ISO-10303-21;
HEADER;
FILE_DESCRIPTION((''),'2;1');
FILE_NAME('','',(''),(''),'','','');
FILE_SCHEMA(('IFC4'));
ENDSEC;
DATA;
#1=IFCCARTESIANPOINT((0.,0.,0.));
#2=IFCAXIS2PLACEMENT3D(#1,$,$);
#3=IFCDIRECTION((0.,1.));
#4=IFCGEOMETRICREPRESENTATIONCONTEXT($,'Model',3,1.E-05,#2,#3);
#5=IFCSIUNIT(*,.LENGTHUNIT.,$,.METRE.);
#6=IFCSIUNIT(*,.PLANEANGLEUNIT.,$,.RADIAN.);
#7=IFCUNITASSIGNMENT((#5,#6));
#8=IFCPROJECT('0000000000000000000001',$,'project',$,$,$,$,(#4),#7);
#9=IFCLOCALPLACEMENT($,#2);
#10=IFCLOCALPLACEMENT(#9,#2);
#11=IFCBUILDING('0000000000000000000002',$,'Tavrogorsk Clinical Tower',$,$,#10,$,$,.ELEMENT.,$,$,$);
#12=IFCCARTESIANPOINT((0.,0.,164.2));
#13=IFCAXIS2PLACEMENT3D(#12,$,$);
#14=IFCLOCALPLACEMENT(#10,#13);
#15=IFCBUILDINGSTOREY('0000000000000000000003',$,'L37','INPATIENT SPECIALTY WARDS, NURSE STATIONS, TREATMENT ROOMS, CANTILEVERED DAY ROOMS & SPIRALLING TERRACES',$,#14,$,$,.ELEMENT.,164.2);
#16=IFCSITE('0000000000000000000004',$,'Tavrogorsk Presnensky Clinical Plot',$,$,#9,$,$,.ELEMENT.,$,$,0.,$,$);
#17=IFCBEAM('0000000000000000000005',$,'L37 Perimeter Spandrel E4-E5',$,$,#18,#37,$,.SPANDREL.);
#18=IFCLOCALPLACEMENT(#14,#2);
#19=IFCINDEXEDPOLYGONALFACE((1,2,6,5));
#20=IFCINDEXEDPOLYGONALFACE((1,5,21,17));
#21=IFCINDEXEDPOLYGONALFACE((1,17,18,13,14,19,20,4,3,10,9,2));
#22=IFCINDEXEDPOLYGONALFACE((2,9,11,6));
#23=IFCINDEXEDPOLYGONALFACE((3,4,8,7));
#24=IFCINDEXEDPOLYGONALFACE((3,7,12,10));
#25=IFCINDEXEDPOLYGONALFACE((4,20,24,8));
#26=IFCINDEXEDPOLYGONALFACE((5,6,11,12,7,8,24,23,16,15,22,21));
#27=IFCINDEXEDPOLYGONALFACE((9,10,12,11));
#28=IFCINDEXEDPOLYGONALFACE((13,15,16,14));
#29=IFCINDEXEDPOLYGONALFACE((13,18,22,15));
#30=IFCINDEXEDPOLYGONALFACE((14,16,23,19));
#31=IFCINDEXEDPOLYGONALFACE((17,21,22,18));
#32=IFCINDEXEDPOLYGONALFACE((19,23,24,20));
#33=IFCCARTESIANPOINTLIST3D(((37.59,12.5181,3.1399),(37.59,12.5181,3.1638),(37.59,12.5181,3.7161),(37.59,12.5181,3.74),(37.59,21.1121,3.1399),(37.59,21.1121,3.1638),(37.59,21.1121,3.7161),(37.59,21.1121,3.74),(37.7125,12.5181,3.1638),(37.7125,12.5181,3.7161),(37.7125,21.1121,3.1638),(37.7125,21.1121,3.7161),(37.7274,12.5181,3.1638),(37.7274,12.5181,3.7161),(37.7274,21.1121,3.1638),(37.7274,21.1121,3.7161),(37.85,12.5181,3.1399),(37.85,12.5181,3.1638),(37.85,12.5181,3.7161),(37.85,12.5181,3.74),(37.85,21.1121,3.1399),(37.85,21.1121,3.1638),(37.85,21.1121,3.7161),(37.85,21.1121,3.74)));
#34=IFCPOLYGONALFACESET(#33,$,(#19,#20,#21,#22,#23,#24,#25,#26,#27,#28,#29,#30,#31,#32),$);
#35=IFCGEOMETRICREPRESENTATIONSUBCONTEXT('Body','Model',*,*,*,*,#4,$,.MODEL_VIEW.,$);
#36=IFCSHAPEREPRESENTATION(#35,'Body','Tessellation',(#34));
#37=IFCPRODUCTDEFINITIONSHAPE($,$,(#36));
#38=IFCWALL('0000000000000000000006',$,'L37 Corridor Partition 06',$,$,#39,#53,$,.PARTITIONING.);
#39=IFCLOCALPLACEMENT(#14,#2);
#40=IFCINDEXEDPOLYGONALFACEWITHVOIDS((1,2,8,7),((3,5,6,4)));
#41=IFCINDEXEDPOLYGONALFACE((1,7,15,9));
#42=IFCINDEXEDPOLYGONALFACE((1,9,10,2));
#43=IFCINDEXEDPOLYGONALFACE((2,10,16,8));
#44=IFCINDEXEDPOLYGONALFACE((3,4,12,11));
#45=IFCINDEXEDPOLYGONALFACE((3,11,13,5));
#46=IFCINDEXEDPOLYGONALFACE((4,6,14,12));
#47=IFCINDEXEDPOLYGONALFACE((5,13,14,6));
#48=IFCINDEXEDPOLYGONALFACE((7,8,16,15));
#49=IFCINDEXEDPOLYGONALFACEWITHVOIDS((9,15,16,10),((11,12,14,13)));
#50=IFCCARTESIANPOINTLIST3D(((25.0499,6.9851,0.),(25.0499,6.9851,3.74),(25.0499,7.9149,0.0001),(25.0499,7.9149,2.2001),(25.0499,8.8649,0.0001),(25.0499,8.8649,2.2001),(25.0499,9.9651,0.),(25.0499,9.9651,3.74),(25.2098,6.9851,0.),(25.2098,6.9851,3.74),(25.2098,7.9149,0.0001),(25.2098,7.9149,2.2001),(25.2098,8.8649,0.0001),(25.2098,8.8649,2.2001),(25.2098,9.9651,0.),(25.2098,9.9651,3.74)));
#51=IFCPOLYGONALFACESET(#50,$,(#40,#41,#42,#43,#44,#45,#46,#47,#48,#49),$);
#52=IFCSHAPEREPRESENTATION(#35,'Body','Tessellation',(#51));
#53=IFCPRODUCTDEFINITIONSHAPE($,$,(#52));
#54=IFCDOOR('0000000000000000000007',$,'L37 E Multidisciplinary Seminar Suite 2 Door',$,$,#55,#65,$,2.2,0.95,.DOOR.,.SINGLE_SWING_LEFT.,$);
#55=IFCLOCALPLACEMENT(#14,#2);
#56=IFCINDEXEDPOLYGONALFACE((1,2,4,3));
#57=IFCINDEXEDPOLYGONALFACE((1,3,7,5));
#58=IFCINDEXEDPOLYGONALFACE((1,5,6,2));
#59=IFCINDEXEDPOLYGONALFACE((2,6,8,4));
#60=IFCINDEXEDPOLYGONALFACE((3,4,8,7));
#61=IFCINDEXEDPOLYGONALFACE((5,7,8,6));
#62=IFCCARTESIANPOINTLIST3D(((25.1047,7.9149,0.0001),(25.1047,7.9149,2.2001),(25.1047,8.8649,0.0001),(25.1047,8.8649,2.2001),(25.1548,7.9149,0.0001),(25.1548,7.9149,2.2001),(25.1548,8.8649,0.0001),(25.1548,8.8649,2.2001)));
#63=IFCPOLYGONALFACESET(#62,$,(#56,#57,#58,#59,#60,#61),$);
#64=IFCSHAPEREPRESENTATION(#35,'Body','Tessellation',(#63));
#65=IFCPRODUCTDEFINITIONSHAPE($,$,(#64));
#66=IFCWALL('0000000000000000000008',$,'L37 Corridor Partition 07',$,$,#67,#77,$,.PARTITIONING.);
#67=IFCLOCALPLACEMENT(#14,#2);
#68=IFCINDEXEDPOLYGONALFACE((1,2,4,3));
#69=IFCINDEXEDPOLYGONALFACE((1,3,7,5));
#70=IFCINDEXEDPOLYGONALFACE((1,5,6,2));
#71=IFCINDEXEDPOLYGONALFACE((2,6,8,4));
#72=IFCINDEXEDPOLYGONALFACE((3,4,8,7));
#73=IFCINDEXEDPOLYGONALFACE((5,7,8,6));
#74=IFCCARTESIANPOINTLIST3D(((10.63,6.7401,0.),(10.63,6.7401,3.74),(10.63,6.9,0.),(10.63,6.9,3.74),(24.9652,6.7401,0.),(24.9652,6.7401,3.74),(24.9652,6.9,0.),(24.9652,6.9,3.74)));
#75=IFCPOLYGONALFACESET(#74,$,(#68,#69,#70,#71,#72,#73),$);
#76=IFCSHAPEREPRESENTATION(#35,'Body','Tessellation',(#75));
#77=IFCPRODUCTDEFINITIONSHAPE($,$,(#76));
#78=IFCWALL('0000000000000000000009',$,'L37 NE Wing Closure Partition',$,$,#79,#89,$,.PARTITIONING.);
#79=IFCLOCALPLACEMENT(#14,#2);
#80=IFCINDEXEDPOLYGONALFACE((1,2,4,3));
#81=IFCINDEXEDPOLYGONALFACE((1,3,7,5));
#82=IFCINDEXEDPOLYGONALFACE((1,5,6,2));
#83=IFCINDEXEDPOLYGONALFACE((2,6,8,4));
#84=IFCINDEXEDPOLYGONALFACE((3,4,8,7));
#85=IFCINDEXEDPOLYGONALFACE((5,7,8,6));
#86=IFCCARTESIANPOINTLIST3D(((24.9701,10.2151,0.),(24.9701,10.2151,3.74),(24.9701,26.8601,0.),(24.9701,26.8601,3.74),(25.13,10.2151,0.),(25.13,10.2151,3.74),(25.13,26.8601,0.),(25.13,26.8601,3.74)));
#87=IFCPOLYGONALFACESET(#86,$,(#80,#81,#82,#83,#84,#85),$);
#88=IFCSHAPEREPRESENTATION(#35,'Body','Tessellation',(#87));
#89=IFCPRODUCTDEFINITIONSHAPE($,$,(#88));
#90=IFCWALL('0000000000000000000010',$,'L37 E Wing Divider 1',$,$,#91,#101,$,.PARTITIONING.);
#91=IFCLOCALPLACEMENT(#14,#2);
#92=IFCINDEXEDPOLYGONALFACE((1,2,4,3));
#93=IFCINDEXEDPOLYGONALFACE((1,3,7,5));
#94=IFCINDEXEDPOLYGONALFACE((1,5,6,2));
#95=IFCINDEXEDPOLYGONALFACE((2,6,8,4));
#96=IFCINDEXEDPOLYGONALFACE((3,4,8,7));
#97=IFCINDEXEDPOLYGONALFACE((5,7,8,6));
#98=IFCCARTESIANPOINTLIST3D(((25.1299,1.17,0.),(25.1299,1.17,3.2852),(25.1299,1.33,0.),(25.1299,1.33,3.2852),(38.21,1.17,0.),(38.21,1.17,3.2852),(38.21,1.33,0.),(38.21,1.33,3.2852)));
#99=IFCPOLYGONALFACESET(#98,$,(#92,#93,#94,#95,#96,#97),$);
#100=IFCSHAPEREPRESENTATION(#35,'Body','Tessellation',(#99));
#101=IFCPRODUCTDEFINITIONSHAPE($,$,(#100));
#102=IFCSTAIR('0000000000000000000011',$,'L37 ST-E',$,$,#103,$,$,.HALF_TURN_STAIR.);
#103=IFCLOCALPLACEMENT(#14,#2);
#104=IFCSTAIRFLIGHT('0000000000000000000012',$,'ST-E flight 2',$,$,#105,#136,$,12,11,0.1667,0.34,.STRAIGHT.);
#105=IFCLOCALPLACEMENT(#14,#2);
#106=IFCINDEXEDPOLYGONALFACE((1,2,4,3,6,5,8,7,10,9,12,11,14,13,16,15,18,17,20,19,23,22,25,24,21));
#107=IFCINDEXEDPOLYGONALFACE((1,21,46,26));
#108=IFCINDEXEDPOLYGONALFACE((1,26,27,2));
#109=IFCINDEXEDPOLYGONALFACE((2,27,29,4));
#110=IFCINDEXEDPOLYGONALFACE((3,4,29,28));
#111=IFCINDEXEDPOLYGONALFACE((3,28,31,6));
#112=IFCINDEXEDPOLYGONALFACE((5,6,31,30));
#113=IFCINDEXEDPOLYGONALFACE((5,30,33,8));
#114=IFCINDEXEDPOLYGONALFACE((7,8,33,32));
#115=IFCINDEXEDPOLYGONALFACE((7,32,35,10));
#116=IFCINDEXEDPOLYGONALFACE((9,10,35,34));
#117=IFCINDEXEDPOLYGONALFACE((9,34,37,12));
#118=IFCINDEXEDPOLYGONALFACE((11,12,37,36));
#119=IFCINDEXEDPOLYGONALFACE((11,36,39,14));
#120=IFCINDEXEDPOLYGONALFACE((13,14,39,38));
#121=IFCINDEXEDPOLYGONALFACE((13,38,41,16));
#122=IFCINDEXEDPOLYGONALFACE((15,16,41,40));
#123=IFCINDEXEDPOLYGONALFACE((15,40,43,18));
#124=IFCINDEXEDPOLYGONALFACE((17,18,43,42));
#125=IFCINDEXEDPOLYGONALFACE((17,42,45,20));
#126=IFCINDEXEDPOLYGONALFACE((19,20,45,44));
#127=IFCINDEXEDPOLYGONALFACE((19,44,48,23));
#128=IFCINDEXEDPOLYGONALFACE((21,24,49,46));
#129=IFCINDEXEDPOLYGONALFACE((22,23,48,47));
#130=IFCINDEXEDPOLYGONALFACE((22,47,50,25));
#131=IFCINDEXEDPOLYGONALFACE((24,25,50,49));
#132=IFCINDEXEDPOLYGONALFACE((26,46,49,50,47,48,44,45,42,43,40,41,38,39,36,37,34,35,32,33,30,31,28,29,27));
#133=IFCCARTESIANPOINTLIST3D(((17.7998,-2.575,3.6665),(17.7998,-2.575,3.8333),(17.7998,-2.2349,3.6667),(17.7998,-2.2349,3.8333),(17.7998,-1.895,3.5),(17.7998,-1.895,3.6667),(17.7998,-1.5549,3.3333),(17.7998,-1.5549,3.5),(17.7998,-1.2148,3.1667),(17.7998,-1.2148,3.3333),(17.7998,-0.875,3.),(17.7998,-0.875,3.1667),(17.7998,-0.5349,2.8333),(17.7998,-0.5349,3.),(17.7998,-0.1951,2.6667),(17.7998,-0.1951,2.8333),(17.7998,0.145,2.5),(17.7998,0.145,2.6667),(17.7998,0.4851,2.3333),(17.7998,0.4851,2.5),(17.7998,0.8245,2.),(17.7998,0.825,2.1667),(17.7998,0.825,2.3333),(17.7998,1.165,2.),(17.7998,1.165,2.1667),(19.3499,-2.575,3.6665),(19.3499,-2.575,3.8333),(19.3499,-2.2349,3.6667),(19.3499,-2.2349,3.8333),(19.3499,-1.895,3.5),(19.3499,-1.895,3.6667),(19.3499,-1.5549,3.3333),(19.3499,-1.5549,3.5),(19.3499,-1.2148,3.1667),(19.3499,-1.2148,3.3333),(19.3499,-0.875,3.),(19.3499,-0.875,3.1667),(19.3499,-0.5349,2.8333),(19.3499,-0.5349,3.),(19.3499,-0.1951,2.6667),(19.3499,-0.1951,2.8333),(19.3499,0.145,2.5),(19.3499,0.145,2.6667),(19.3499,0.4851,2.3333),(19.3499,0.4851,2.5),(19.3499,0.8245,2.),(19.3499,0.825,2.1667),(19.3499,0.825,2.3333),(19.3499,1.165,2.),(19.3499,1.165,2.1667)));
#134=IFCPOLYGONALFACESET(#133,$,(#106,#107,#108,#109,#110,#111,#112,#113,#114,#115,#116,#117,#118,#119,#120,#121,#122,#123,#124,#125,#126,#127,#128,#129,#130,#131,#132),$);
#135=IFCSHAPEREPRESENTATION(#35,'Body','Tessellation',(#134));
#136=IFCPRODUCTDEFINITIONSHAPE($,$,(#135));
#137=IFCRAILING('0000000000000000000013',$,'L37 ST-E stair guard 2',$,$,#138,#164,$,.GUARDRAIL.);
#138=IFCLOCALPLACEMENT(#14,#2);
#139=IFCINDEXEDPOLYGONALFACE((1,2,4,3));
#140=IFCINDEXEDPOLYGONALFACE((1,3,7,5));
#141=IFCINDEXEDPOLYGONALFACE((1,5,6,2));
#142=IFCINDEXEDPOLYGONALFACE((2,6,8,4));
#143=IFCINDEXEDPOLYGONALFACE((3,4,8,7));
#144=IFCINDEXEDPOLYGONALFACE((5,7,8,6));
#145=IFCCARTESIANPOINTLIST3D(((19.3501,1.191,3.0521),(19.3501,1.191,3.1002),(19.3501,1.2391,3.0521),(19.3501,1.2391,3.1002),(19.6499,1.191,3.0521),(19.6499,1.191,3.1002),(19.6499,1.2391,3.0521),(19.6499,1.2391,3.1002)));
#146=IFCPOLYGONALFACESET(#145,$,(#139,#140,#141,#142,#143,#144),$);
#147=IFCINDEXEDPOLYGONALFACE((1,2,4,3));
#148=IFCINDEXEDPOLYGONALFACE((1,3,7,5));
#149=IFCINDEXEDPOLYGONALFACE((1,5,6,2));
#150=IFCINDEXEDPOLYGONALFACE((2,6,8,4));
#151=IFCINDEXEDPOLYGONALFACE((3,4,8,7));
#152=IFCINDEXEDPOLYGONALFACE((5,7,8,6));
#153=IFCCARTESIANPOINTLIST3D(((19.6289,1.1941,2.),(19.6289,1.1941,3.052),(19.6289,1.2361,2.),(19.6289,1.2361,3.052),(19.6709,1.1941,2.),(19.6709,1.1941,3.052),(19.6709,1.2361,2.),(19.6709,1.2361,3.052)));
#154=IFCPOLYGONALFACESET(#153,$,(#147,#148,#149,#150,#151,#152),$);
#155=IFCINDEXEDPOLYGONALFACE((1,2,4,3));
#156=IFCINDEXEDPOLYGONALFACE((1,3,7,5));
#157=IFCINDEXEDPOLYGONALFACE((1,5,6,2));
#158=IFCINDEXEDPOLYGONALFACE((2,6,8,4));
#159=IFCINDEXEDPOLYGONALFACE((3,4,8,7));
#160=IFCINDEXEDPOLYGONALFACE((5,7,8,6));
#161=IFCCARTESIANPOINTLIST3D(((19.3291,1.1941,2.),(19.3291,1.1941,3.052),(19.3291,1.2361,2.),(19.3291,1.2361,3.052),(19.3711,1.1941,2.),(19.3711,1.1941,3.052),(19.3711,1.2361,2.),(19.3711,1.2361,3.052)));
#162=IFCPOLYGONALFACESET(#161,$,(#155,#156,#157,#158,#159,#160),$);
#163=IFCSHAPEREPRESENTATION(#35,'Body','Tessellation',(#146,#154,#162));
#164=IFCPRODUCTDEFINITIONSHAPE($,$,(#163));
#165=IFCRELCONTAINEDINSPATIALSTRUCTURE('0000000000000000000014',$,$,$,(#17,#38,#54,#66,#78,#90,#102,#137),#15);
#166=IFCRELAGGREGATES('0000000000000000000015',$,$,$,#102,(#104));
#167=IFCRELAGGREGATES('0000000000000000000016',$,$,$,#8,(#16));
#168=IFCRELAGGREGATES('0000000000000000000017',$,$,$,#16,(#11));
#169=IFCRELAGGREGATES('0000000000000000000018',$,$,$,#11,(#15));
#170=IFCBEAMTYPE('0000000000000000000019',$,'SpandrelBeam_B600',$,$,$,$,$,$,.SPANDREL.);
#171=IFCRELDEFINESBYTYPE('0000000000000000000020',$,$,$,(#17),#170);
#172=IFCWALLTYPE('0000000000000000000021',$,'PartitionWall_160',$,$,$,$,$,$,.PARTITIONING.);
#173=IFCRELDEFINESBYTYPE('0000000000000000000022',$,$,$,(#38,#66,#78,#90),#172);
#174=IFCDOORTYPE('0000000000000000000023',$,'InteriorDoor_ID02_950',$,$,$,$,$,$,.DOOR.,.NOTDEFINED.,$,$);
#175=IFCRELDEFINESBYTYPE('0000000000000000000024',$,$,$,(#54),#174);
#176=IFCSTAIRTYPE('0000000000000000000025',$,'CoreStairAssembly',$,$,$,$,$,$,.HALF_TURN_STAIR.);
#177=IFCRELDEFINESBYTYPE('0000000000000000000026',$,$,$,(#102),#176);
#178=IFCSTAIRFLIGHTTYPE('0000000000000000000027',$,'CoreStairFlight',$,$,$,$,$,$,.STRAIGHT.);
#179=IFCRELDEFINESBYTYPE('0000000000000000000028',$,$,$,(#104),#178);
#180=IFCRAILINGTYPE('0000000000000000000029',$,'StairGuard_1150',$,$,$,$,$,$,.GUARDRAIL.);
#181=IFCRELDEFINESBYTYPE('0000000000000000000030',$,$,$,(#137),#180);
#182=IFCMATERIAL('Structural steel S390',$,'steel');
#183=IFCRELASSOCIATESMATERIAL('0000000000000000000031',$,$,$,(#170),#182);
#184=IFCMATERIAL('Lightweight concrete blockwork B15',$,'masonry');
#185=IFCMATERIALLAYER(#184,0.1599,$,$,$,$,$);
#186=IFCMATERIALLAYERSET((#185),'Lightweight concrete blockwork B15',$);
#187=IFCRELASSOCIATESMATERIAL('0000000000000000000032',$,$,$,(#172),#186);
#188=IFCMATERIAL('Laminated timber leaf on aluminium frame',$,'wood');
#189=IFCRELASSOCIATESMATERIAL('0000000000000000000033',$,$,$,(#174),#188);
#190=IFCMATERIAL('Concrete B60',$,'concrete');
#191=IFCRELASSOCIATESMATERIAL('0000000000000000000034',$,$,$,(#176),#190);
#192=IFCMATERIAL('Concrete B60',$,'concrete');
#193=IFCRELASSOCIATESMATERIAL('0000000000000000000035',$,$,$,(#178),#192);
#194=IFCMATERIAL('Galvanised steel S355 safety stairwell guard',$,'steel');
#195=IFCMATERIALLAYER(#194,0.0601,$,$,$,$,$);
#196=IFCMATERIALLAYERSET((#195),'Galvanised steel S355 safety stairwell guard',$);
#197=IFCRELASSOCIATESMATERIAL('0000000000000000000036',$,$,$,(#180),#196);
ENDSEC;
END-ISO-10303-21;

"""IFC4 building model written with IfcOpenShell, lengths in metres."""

from ifc_helpers import new_model, si_unit, direction, frame, frame_2d, origin, origin_2d, place, context, subcontext, project, spatial, polyline, rectangle, i_section, outline, extrude, material, layer, layer_set, material_profile, profile_set, type_object, element, fill, aggregate, save


model = new_model("IFC4")

# Units and contexts
model_context = context("Model", 3, precision=1e-05, world=origin(), true_north=direction((0.0, 1.0)))
body_context = subcontext(model_context, "Body", "Model", "MODEL_VIEW")
ifc_project = project(units=[si_unit("LENGTHUNIT", "METRE"), si_unit("PLANEANGLEUNIT", "RADIAN")], contexts=[model_context])

# Site, building, storey
site_placement = place(None, origin())
site = spatial("IfcSite", under=ifc_project, at=site_placement, Name="Tavrogorsk Presnensky Clinical Plot", CompositionType="ELEMENT", RefElevation=0.0)
building_placement = place(site_placement, origin())
building = spatial("IfcBuilding", under=site, at=building_placement, Name="Tavrogorsk Clinical Tower", CompositionType="ELEMENT")
storey_placement = place(building_placement, frame((0.0, 0.0, 164.2)))
storey = spatial("IfcBuildingStorey", under=building, at=storey_placement, Name="L37", Description="INPATIENT SPECIALTY WARDS, NURSE STATIONS, TREATMENT ROOMS, CANTILEVERED DAY ROOMS & SPIRALLING TERRACES", CompositionType="ELEMENT", Elevation=164.2)

# Beam
ifc_material_1 = material(Name="Structural steel S390", Category="steel")
ifc_material_profile_1 = material_profile(ifc_material_1, i_section(OverallWidth=0.26, OverallDepth=0.6001, WebThickness=0.0149, FlangeThickness=0.0239, at=origin_2d()), Name="B-600x260x15x24")
ifc_profile_set_1 = profile_set([ifc_material_profile_1], Name="Structural steel S390")
beam_type_1 = type_object("IfcBeamType", Name="SpandrelBeam_B600", PredefinedType="SPANDREL", material=ifc_profile_set_1)
for number, where, z_axis, x_axis, name in (
    (1, (37.72, 12.5181, 3.4399), (0.0, 1.0, 0.0), (-1.0, 0.0, 0.0), "L37 Perimeter Spandrel E4-E5"),
):
    element("IfcBeam", number, at=place(storey_placement, frame(where, z_axis=z_axis, x_axis=x_axis)), inside=storey, type_object=beam_type_1, Name=name, PredefinedType="SPANDREL", context=body_context, shape_type="SweptSolid", body=[
        extrude(i_section(OverallWidth=0.26, OverallDepth=0.6001, WebThickness=0.0149, FlangeThickness=0.0239, at=origin_2d()), origin(), (0.0, 0.0, 1.0), 8.594),
    ])

# Wall, opening, door
ifc_material_2 = material(Name="Lightweight concrete blockwork B15", Category="masonry")
ifc_layer_1 = layer(ifc_material_2, 0.1599)
ifc_layer_set_1 = layer_set([ifc_layer_1], Name="Lightweight concrete blockwork B15")
wall_type = type_object("IfcWallType", Name="PartitionWall_160", PredefinedType="PARTITIONING", material=ifc_layer_set_1)
wall_1_placement = place(storey_placement, frame((25.1299, 9.9651, 0.0), z_axis=(0.0, 0.0, 1.0), x_axis=(0.0, -1.0, 0.0)))
wall_1 = element("IfcWall", 2, at=wall_1_placement, inside=storey, type_object=wall_type, Name="L37 Corridor Partition 06", PredefinedType="PARTITIONING", context=body_context, shape_type="SweptSolid", body=[
    extrude(rectangle(XDim=2.98, YDim=0.1599, at=frame_2d((1.49, 0.0))), origin(), (0.0, 0.0, 1.0), 3.74),
])
opening_placement = place(wall_1_placement, frame((1.1001, 0.0, 0.0)))
opening = element("IfcOpeningElement", 3, at=opening_placement, cuts=wall_1, PredefinedType="OPENING", context=body_context, shape_type="SweptSolid", body=[
    extrude(rectangle(XDim=0.95, YDim=2.2, at=frame_2d((0.4751, 1.1001))), frame((0.0, 0.0898, 0.0), z_axis=(0.0, -1.0, 0.0), x_axis=(1.0, 0.0, 0.0)), (0.0, 0.0, 1.0), 0.1799),
])
ifc_material_3 = material(Name="Laminated timber leaf on aluminium frame", Category="wood")
door_type = type_object("IfcDoorType", Name="InteriorDoor_ID02_950", OperationType="NOTDEFINED", PredefinedType="DOOR", material=ifc_material_3)
door_placement = place(opening_placement, origin())
door = element("IfcDoor", 4, at=door_placement, inside=storey, type_object=door_type, Name="L37 E Multidisciplinary Seminar Suite 2 Door", OperationType="SINGLE_SWING_LEFT", OverallHeight=2.2, OverallWidth=0.95, PredefinedType="DOOR", context=body_context, shape_type="SweptSolid", body=[
    extrude(rectangle(XDim=0.95, YDim=2.2, at=frame_2d((0.4751, 1.1001))), frame((0.0, 0.0249, 0.0), z_axis=(0.0, -1.0, 0.0), x_axis=(1.0, 0.0, 0.0)), (0.0, 0.0, 1.0), 0.05),
])
fill(opening, door)

# Walls
wall_2_placement = place(storey_placement, frame((24.9651, 6.8201, 0.0), z_axis=(0.0, 0.0, 1.0), x_axis=(-1.0, 0.0, 0.0)))
element("IfcWall", 5, at=wall_2_placement, inside=storey, type_object=wall_type, Name="L37 Corridor Partition 07", PredefinedType="PARTITIONING", context=body_context, shape_type="SweptSolid", body=[
    extrude(rectangle(XDim=14.3352, YDim=0.1599, at=frame_2d((7.1675, 0.0))), origin(), (0.0, 0.0, 1.0), 3.74),
])
wall_3_placement = place(storey_placement, frame((25.05, 10.2151, 0.0), z_axis=(0.0, 0.0, 1.0), x_axis=(0.0, 1.0, 0.0)))
element("IfcWall", 6, at=wall_3_placement, inside=storey, type_object=wall_type, Name="L37 NE Wing Closure Partition", PredefinedType="PARTITIONING", context=body_context, shape_type="SweptSolid", body=[
    extrude(rectangle(XDim=16.645, YDim=0.1599, at=frame_2d((8.3225, 0.0))), origin(), (0.0, 0.0, 1.0), 3.74),
])
wall_4_placement = place(storey_placement, frame((25.1299, 1.25, 0.0), z_axis=(0.0, 0.0, 1.0), x_axis=(1.0, 0.0, 0.0)))
element("IfcWall", 7, at=wall_4_placement, inside=storey, type_object=wall_type, Name="L37 E Wing Divider 1", PredefinedType="PARTITIONING", context=body_context, shape_type="SweptSolid", body=[
    extrude(rectangle(XDim=13.0801, YDim=0.1599, at=frame_2d((6.54, 0.0))), origin(), (0.0, 0.0, 1.0), 3.2852),
])

# Stair, stair flight
ifc_material_4 = material(Name="Concrete B60", Category="concrete")
stair_type = type_object("IfcStairType", Name="CoreStairAssembly", PredefinedType="HALF_TURN_STAIR", material=ifc_material_4)
stair_placement = place(storey_placement, origin())
stair = element("IfcStair", 8, at=stair_placement, inside=storey, type_object=stair_type, Name="L37 ST-E", PredefinedType="HALF_TURN_STAIR")
ifc_material_5 = material(Name="Concrete B60", Category="concrete")
stair_flight_type = type_object("IfcStairFlightType", Name="CoreStairFlight", PredefinedType="STRAIGHT", material=ifc_material_5)
stair_flight_placement = place(storey_placement, frame((18.575, 1.165, 2.0), z_axis=(0.0, 0.0, 1.0), x_axis=(0.0, -1.0, 0.0)))
stair_flight = element("IfcStairFlight", 9, at=stair_flight_placement, type_object=stair_flight_type, Name="ST-E flight 2", NumberOfRisers=12, NumberOfTreads=11, PredefinedType="STRAIGHT", RiserHeight=0.1667, TreadLength=0.34, context=body_context, shape_type="SweptSolid", body=[
    extrude(outline(polyline([(0.0, 0.0), (0.0, 0.1667), (0.3401, 0.1667), (0.3401, 0.3333), (0.6799, 0.3333), (0.6799, 0.5), (1.02, 0.5), (1.02, 0.6667), (1.3601, 0.6667), (1.3601, 0.8333), (1.7, 0.8333), (1.7, 1.0), (2.04, 1.0), (2.04, 1.1667), (2.3799, 1.1667), (2.3799, 1.3333), (2.72, 1.3333), (2.72, 1.5), (3.0601, 1.5), (3.0601, 1.6667), (3.3999, 1.6667), (3.3999, 1.8333), (3.74, 1.8333), (3.74, 2.0), (3.74, 1.6665), (0.3406, 0.0), (0.0, 0.0)])), frame((0.0, 0.7749, 0.0), z_axis=(0.0, -1.0, 0.0), x_axis=(1.0, 0.0, 0.0)), (0.0, 0.0, 1.0), 1.55),
])
aggregate(stair, [stair_flight])

# Railing
ifc_material_6 = material(Name="Galvanised steel S355 safety stairwell guard", Category="steel")
ifc_layer_2 = layer(ifc_material_6, 0.0601)
ifc_layer_set_2 = layer_set([ifc_layer_2], Name="Galvanised steel S355 safety stairwell guard")
railing_type_1 = type_object("IfcRailingType", Name="StairGuard_1150", PredefinedType="GUARDRAIL", material=ifc_layer_set_2)
railing_1_placement = place(storey_placement, frame((19.6499, 1.2151, 2.0)))
element("IfcRailing", 10, at=railing_1_placement, inside=storey, type_object=railing_type_1, Name="L37 ST-E stair guard 2", PredefinedType="GUARDRAIL", context=body_context, shape_type="SweptSolid", body=[
    extrude(rectangle(XDim=0.0481, YDim=0.0481, at=origin_2d()), frame((0.0, 0.0, 1.0762), z_axis=(-1.0, 0.0, 0.0), x_axis=(0.0, -1.0, 0.0)), (0.0, 0.0, 1.0), 0.2998),
    extrude(rectangle(XDim=0.042, YDim=0.042, at=origin_2d()), origin(), (0.0, 0.0, 1.0), 1.052),
    extrude(rectangle(XDim=0.042, YDim=0.042, at=origin_2d()), frame((-0.2998, 0.0, 0.0)), (0.0, 0.0, 1.0), 1.052),
])

save(model, "model.ifc")
